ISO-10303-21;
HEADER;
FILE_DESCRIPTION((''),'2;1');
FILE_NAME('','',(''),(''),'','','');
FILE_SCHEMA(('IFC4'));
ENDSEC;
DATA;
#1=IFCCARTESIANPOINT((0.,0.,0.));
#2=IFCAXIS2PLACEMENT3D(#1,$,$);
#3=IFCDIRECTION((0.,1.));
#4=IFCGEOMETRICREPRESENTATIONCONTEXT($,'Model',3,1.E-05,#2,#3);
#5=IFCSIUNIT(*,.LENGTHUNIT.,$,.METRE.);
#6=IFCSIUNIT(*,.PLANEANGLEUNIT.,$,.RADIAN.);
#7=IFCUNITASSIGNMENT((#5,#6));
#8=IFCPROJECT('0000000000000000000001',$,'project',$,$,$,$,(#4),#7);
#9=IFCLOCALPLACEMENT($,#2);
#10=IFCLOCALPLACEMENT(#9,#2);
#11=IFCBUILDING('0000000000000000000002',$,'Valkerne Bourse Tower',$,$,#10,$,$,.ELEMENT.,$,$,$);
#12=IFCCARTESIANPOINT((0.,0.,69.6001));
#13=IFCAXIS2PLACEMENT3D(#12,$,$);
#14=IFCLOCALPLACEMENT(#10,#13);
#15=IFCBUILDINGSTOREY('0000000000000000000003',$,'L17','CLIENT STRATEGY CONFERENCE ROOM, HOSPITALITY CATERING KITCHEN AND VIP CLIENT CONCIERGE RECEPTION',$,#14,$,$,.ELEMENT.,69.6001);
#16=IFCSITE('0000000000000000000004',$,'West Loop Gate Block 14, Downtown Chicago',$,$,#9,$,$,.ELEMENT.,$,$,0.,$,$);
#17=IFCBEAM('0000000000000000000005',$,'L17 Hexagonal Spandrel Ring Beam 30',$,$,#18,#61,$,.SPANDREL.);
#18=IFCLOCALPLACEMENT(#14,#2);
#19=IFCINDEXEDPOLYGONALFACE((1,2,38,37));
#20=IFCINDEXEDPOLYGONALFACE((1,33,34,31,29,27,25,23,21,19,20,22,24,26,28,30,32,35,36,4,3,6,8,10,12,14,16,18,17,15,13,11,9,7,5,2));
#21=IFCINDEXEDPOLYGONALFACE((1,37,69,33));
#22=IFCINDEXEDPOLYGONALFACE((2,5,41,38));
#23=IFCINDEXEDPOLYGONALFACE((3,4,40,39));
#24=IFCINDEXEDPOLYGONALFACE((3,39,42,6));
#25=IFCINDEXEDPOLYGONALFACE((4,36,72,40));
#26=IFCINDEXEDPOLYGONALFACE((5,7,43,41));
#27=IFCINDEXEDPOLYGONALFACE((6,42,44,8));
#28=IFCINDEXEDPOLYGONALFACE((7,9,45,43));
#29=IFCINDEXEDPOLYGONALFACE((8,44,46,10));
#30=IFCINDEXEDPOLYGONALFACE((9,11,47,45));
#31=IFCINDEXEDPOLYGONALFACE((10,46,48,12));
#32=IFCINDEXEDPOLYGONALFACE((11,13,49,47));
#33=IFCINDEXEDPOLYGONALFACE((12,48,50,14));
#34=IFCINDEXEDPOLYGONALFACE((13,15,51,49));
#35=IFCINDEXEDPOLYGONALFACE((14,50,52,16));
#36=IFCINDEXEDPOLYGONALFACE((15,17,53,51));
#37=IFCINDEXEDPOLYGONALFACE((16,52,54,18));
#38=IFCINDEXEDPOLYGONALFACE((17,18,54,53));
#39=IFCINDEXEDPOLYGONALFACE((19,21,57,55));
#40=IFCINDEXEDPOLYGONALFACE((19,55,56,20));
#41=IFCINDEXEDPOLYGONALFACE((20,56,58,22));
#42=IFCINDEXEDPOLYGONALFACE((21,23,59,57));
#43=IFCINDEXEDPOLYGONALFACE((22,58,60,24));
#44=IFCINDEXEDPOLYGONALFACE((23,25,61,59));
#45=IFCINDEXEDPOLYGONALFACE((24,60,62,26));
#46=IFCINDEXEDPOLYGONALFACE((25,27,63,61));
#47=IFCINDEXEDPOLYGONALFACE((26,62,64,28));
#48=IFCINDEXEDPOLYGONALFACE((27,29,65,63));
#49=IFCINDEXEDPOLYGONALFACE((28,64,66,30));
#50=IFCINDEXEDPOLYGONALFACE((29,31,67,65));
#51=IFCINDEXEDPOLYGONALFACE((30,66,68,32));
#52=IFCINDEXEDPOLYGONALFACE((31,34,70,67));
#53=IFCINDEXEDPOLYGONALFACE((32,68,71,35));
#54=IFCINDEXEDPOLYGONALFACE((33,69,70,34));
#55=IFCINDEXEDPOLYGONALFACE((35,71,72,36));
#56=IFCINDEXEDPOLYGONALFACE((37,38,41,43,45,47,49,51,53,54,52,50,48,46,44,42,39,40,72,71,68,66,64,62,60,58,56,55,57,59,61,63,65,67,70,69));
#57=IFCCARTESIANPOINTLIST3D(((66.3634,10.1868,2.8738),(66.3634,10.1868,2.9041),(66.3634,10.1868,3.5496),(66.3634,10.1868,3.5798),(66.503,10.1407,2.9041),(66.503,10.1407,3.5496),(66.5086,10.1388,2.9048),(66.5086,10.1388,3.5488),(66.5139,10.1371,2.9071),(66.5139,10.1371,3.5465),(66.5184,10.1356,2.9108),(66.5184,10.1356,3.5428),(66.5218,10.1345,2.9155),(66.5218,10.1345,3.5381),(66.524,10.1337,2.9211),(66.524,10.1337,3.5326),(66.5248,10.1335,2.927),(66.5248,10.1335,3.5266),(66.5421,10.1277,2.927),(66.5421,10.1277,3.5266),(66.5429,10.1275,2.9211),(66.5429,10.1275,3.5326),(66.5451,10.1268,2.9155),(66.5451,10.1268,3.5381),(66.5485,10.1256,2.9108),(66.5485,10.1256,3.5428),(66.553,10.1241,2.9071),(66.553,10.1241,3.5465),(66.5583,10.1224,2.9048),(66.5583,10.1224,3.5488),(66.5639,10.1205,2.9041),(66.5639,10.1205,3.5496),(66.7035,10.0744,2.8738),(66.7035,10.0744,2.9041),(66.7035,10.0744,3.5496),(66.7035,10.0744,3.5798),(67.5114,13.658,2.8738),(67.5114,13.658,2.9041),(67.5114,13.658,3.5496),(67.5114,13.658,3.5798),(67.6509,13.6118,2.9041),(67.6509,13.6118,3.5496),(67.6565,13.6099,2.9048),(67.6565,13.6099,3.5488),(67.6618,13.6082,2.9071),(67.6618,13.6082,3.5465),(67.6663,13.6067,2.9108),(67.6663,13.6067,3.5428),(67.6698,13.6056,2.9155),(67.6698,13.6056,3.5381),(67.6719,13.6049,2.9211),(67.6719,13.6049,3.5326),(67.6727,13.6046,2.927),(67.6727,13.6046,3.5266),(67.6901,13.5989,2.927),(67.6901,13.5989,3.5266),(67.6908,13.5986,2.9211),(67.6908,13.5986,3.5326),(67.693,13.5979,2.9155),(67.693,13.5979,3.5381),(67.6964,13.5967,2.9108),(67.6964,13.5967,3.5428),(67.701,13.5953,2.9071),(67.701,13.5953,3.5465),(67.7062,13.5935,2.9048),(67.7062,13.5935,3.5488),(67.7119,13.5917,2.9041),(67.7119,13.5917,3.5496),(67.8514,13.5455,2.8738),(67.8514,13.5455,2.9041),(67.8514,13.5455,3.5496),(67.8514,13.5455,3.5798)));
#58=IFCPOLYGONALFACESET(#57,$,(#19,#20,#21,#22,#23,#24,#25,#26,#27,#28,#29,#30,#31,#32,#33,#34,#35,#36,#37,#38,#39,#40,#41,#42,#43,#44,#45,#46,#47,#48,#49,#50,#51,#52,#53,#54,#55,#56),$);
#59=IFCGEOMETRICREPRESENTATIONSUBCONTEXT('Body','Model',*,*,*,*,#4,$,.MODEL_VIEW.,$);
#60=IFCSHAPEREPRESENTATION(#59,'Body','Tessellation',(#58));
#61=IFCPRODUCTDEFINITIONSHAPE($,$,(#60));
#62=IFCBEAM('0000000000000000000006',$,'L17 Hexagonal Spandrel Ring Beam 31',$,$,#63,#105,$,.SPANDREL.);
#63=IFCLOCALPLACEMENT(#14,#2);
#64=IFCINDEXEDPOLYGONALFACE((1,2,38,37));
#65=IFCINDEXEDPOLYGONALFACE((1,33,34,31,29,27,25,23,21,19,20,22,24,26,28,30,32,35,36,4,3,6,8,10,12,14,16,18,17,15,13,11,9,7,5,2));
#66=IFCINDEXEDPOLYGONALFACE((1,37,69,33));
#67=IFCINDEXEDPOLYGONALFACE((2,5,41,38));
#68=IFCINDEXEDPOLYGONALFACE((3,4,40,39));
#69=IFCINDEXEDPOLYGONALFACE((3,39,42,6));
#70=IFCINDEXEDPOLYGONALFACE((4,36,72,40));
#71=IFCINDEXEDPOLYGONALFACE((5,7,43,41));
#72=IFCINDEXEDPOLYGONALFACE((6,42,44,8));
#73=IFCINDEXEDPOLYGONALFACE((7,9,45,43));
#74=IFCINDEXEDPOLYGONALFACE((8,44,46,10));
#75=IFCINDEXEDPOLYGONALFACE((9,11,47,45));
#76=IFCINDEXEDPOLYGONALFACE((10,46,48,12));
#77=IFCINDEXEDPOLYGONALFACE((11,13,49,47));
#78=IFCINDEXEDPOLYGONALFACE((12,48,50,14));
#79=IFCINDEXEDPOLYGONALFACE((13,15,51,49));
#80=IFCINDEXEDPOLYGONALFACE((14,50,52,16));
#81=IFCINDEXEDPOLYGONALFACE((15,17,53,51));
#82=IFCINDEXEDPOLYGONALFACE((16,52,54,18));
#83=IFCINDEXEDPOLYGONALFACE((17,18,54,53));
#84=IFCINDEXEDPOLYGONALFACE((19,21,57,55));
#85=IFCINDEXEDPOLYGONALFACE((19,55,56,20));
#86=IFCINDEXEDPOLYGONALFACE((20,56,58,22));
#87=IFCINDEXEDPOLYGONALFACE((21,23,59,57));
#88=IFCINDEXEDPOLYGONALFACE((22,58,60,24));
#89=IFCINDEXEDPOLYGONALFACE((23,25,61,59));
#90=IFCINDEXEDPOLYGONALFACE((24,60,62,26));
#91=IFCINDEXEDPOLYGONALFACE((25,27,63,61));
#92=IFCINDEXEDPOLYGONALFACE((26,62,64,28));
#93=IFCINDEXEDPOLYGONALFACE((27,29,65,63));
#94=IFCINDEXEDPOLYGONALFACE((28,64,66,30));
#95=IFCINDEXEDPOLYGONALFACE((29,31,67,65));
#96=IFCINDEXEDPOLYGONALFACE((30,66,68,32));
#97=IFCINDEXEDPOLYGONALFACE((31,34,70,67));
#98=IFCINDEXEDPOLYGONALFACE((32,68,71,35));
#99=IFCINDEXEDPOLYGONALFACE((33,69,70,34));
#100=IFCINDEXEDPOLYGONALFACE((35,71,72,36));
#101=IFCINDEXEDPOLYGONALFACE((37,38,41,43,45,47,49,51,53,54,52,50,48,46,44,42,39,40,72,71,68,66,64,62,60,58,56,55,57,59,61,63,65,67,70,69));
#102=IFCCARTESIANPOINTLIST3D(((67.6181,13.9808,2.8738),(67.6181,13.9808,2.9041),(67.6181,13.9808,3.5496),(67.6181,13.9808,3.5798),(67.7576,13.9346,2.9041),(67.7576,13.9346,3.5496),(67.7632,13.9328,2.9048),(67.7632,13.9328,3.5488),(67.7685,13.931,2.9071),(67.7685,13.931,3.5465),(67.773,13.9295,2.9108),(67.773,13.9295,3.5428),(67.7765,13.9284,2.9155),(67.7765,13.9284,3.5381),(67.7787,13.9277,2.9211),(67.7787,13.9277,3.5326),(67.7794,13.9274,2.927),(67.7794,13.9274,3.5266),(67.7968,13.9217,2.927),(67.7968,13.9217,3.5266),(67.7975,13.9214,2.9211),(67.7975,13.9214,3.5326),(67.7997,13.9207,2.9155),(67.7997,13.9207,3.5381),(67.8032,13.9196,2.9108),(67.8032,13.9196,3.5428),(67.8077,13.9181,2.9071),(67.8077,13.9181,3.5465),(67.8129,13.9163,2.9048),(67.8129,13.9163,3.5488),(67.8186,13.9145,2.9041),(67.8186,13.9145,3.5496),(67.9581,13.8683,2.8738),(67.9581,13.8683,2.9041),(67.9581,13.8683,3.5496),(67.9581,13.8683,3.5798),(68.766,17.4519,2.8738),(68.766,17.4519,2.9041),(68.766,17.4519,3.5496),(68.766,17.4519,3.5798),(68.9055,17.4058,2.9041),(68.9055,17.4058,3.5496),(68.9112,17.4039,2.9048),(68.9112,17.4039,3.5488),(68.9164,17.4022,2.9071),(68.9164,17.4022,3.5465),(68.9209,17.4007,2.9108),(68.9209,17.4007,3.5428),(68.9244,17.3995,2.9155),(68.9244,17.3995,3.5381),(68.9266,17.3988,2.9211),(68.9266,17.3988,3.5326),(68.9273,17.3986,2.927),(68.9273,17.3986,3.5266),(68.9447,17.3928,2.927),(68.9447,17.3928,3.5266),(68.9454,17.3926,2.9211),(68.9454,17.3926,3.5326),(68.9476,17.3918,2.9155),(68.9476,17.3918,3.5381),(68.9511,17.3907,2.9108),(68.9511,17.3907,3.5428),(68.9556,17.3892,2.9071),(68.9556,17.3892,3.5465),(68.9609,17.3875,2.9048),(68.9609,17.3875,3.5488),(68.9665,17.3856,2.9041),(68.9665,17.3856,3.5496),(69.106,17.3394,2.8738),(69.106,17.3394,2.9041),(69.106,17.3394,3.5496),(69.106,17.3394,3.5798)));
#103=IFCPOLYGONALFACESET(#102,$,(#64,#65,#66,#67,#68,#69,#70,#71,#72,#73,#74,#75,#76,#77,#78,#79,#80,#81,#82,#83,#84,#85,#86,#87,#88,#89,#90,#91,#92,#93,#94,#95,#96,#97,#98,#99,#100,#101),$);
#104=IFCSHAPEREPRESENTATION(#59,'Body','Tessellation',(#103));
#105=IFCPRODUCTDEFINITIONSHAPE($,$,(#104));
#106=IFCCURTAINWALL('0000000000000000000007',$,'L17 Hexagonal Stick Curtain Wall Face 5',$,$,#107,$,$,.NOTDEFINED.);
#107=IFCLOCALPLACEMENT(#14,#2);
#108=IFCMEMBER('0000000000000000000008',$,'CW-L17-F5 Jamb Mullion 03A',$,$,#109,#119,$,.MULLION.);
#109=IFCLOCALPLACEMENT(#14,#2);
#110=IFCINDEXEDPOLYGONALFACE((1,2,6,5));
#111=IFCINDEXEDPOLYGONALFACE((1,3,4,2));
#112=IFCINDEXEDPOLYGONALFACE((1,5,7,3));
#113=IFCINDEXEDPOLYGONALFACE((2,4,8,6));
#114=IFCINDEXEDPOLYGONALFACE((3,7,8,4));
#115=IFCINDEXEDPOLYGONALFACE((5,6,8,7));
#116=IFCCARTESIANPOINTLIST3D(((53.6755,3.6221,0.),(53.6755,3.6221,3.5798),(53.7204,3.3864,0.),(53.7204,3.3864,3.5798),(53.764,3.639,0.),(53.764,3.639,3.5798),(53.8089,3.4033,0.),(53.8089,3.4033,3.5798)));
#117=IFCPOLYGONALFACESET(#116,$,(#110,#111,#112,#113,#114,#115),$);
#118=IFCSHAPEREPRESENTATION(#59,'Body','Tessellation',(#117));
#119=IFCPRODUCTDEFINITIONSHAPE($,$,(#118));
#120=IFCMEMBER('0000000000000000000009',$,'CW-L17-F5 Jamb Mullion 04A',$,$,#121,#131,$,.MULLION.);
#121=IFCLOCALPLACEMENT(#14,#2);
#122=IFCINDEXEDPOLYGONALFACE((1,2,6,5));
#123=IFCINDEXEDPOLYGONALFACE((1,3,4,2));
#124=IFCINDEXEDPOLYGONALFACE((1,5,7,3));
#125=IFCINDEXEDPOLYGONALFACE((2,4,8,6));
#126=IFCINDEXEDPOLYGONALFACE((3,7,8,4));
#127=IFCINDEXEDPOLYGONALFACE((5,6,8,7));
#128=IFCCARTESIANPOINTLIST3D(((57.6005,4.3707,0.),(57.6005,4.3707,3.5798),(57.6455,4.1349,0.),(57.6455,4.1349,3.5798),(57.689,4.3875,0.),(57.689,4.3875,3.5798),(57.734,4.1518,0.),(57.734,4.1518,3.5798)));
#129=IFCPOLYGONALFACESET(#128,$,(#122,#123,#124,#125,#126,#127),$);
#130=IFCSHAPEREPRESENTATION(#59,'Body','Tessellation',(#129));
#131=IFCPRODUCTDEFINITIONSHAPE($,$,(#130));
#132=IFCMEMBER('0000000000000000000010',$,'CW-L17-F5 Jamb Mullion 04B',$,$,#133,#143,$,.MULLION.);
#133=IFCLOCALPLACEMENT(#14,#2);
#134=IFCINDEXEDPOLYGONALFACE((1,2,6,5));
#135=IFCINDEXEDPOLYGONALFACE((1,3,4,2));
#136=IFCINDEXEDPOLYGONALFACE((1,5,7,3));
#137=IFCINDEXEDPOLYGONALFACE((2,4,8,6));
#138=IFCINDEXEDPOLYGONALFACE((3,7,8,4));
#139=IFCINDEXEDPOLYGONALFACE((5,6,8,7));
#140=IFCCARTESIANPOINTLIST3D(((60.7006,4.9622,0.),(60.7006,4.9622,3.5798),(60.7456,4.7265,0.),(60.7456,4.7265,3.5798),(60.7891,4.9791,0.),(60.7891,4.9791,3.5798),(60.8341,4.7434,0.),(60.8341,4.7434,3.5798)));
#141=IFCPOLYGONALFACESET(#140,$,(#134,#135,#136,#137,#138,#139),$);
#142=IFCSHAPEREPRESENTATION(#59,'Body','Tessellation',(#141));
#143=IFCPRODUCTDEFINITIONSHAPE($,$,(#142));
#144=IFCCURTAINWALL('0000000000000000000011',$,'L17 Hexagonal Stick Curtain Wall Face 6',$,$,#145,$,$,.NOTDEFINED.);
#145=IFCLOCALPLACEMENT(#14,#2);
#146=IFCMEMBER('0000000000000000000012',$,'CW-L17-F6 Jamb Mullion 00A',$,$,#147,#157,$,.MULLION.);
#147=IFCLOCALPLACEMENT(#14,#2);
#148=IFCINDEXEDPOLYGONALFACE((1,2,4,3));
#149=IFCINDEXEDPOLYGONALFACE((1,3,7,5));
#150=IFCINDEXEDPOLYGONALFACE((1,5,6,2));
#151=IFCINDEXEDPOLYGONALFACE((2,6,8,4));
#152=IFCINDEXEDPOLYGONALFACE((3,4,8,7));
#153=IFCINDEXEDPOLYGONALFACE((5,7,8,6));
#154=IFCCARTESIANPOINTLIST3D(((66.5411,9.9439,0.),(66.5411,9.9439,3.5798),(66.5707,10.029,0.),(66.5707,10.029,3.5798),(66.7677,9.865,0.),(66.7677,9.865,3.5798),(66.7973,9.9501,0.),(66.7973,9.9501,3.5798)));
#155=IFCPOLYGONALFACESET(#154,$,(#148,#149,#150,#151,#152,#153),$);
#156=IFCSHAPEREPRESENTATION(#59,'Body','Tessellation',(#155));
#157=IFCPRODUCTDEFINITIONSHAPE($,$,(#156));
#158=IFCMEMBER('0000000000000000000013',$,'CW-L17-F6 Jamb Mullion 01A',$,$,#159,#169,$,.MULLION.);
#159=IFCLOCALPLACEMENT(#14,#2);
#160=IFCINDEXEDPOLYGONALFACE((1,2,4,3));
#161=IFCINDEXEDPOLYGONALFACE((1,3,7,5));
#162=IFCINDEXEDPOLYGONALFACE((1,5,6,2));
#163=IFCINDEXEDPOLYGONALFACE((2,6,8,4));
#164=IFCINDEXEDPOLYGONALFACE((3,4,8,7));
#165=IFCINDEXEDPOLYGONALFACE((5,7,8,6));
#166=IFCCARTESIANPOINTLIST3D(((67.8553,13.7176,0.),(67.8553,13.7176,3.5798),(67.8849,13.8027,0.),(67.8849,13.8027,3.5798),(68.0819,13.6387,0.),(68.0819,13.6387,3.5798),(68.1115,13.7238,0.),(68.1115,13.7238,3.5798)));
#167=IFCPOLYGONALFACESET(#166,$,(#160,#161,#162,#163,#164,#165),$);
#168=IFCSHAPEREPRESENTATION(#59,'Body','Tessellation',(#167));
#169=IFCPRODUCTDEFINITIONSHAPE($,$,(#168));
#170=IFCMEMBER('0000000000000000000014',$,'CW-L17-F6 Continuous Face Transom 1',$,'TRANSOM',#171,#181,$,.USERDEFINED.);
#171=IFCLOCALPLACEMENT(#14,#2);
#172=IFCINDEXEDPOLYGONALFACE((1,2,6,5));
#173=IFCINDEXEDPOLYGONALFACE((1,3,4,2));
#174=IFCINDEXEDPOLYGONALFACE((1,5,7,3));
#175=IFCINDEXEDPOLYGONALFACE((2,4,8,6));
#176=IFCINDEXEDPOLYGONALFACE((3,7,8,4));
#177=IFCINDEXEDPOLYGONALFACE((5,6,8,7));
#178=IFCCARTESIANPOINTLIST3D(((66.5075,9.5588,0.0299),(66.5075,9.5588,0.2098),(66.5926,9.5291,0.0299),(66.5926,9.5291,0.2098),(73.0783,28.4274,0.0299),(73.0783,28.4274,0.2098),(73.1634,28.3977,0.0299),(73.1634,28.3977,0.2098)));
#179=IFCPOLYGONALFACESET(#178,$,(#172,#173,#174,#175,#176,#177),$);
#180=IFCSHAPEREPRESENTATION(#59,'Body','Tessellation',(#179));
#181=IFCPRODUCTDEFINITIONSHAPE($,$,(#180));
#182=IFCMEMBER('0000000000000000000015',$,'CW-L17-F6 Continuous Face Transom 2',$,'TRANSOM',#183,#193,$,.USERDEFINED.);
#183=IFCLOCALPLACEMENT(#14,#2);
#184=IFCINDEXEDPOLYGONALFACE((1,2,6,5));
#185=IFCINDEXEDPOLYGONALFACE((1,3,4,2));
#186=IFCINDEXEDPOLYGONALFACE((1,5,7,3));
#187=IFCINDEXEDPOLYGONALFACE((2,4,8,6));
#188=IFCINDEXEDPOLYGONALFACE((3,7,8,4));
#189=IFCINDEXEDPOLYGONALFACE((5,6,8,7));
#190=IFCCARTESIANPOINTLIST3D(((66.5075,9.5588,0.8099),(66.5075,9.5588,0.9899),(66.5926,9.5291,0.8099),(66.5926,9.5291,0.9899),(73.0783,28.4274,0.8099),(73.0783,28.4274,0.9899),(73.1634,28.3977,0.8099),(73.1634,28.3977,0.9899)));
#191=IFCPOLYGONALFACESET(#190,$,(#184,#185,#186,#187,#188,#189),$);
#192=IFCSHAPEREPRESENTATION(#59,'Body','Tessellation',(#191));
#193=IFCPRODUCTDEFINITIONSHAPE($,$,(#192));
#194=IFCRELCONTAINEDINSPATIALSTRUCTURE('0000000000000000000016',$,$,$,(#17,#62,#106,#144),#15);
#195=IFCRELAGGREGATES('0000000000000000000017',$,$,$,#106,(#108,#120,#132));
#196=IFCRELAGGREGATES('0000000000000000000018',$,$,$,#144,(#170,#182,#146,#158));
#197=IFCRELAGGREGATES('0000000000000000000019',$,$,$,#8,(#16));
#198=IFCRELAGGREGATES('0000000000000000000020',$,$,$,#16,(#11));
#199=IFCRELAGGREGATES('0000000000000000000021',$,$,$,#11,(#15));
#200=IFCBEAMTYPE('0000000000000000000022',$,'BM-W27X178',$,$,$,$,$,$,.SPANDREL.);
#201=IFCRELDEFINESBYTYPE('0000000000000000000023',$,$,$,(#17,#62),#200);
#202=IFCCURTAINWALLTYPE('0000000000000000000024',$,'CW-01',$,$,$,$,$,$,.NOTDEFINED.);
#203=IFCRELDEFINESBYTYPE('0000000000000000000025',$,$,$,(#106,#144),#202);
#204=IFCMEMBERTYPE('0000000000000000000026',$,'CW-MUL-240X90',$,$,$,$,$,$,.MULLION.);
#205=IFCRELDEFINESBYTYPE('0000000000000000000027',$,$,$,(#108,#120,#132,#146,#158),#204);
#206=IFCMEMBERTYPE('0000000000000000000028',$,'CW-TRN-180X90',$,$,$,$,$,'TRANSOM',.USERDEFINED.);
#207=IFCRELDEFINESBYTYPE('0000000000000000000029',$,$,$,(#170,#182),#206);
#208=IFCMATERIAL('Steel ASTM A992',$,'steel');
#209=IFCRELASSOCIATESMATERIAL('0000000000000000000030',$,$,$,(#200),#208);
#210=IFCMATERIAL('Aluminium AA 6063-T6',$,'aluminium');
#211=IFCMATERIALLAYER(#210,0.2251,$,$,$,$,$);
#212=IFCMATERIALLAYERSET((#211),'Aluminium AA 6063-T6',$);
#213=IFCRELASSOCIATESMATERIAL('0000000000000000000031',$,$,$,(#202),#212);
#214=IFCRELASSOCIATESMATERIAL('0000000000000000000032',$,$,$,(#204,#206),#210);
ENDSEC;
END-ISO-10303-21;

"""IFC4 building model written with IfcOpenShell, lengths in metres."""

from ifc_helpers import new_model, si_unit, direction, frame, origin, origin_2d, place, context, subcontext, project, spatial, rectangle, i_section, extrude, material, layer, layer_set, material_profile, profile_set, type_object, element, aggregate, save


model = new_model("IFC4")

# Units and contexts
model_context = context("Model", 3, precision=1e-05, world=origin(), true_north=direction((0.0, 1.0)))
body_context = subcontext(model_context, "Body", "Model", "MODEL_VIEW")
ifc_project = project(units=[si_unit("LENGTHUNIT", "METRE"), si_unit("PLANEANGLEUNIT", "RADIAN")], contexts=[model_context])

# Site, building, storey
site_placement = place(None, origin())
site = spatial("IfcSite", under=ifc_project, at=site_placement, Name="West Loop Gate Block 14, Downtown Chicago", CompositionType="ELEMENT", RefElevation=0.0)
building_placement = place(site_placement, origin())
building = spatial("IfcBuilding", under=site, at=building_placement, Name="Valkerne Bourse Tower", CompositionType="ELEMENT")
storey_placement = place(building_placement, frame((0.0, 0.0, 69.6001)))
storey = spatial("IfcBuildingStorey", under=building, at=storey_placement, Name="L17", Description="CLIENT STRATEGY CONFERENCE ROOM, HOSPITALITY CATERING KITCHEN AND VIP CLIENT CONCIERGE RECEPTION", CompositionType="ELEMENT", Elevation=69.6001)

# Beams
ifc_material_1 = material(Name="Steel ASTM A992", Category="steel")
ifc_material_profile_1 = material_profile(ifc_material_1, i_section(OverallWidth=0.3582, OverallDepth=0.7061, WebThickness=0.0183, FlangeThickness=0.0303, FilletRadius=0.0229, at=origin_2d()), Name="W27X178")
ifc_profile_set_1 = profile_set([ifc_material_profile_1], Name="Steel ASTM A992")
beam_type = type_object("IfcBeamType", Name="BM-W27X178", PredefinedType="SPANDREL", material=ifc_profile_set_1)
for number, where, z_axis, x_axis, name in (
    (1, (66.5334, 10.1306, 3.2268), (0.313983, 0.949429, 0.0), (-0.949429, 0.313983, 0.0), "L17 Hexagonal Spandrel Ring Beam 30"),
    (2, (67.7881, 13.9246, 3.2268), (0.313983, 0.949429, 0.0), (-0.949429, 0.313983, 0.0), "L17 Hexagonal Spandrel Ring Beam 31"),
):
    element("IfcBeam", number, at=place(storey_placement, frame(where, z_axis=z_axis, x_axis=x_axis)), inside=storey, type_object=beam_type, Name=name, PredefinedType="SPANDREL", context=body_context, shape_type="SweptSolid", body=[
        extrude(i_section(OverallWidth=0.3582, OverallDepth=0.7061, WebThickness=0.0183, FlangeThickness=0.0303, FilletRadius=0.0229, at=origin_2d()), origin(), (0.0, 0.0, 1.0), 3.656),
    ])

# Curtain walls, members
ifc_material_2 = material(Name="Aluminium AA 6063-T6", Category="aluminium")
ifc_layer_1 = layer(ifc_material_2, 0.2251)
ifc_layer_set_1 = layer_set([ifc_layer_1], Name="Aluminium AA 6063-T6")
curtain_wall_type = type_object("IfcCurtainWallType", Name="CW-01", PredefinedType="NOTDEFINED", material=ifc_layer_set_1)
curtain_wall_1_placement = place(storey_placement, origin())
curtain_wall_1 = element("IfcCurtainWall", 3, at=curtain_wall_1_placement, inside=storey, type_object=curtain_wall_type, Name="L17 Hexagonal Stick Curtain Wall Face 5", PredefinedType="NOTDEFINED")
ifc_material_profile_2 = material_profile(ifc_material_2, rectangle(XDim=0.0901, YDim=0.24, at=origin_2d()), Name="CWM-90X240")
ifc_profile_set_2 = profile_set([ifc_material_profile_2], Name="Aluminium AA 6063-T6")
member_type_1 = type_object("IfcMemberType", Name="CW-MUL-240X90", PredefinedType="MULLION", material=ifc_profile_set_2)
member_1_placement = place(storey_placement, frame((53.7422, 3.5127, 0.0), z_axis=(0.0, 0.0, 1.0), x_axis=(0.982291, 0.187364, 0.0)))
member_1 = element("IfcMember", 4, at=member_1_placement, type_object=member_type_1, Name="CW-L17-F5 Jamb Mullion 03A", PredefinedType="MULLION", context=body_context, shape_type="SweptSolid", body=[
    extrude(rectangle(XDim=0.0901, YDim=0.24, at=origin_2d()), origin(), (0.0, 0.0, 1.0), 3.5798),
])
member_2_placement = place(storey_placement, frame((57.6672, 4.2612, 0.0), z_axis=(0.0, 0.0, 1.0), x_axis=(0.982286, 0.187388, 0.0)))
member_2 = element("IfcMember", 5, at=member_2_placement, type_object=member_type_1, Name="CW-L17-F5 Jamb Mullion 04A", PredefinedType="MULLION", context=body_context, shape_type="SweptSolid", body=[
    extrude(rectangle(XDim=0.0901, YDim=0.24, at=origin_2d()), origin(), (0.0, 0.0, 1.0), 3.5798),
])
member_3_placement = place(storey_placement, frame((60.7673, 4.8528, 0.0), z_axis=(0.0, 0.0, 1.0), x_axis=(0.982286, 0.187388, 0.0)))
member_3 = element("IfcMember", 6, at=member_3_placement, type_object=member_type_1, Name="CW-L17-F5 Jamb Mullion 04B", PredefinedType="MULLION", context=body_context, shape_type="SweptSolid", body=[
    extrude(rectangle(XDim=0.0901, YDim=0.24, at=origin_2d()), origin(), (0.0, 0.0, 1.0), 3.5798),
])
curtain_wall_2_placement = place(storey_placement, origin())
curtain_wall_2 = element("IfcCurtainWall", 7, at=curtain_wall_2_placement, inside=storey, type_object=curtain_wall_type, Name="L17 Hexagonal Stick Curtain Wall Face 6", PredefinedType="NOTDEFINED")
member_4_placement = place(storey_placement, frame((66.6692, 9.947, 0.0), z_axis=(0.0, 0.0, 1.0), x_axis=(0.328857, 0.94438, 0.0)))
member_4 = element("IfcMember", 8, at=member_4_placement, type_object=member_type_1, Name="CW-L17-F6 Jamb Mullion 00A", PredefinedType="MULLION", context=body_context, shape_type="SweptSolid", body=[
    extrude(rectangle(XDim=0.0901, YDim=0.24, at=origin_2d()), origin(), (0.0, 0.0, 1.0), 3.5798),
])
member_5_placement = place(storey_placement, frame((67.9834, 13.7207, 0.0), z_axis=(0.0, 0.0, 1.0), x_axis=(0.32888, 0.944372, 0.0)))
member_5 = element("IfcMember", 9, at=member_5_placement, type_object=member_type_1, Name="CW-L17-F6 Jamb Mullion 01A", PredefinedType="MULLION", context=body_context, shape_type="SweptSolid", body=[
    extrude(rectangle(XDim=0.0901, YDim=0.24, at=origin_2d()), origin(), (0.0, 0.0, 1.0), 3.5798),
])
ifc_material_profile_3 = material_profile(ifc_material_2, rectangle(XDim=0.0901, YDim=0.1799, at=origin_2d()), Name="CWT-90X180")
ifc_profile_set_3 = profile_set([ifc_material_profile_3], Name="Aluminium AA 6063-T6")
member_type_2 = type_object("IfcMemberType", Name="CW-TRN-180X90", ElementType="TRANSOM", PredefinedType="USERDEFINED", material=ifc_profile_set_3)
member_6_placement = place(storey_placement, frame((66.55, 9.5439, 0.1199), z_axis=(0.328868, 0.944376, 0.0), x_axis=(-0.944376, 0.328868, 0.0)))
member_6 = element("IfcMember", 10, at=member_6_placement, type_object=member_type_2, Name="CW-L17-F6 Continuous Face Transom 1", ObjectType="TRANSOM", PredefinedType="USERDEFINED", context=body_context, shape_type="SweptSolid", body=[
    extrude(rectangle(XDim=0.0901, YDim=0.1799, at=origin_2d()), origin(), (0.0, 0.0, 1.0), 19.98),
])
member_7_placement = place(storey_placement, frame((66.55, 9.5439, 0.8999), z_axis=(0.328868, 0.944376, 0.0), x_axis=(-0.944376, 0.328868, 0.0)))
member_7 = element("IfcMember", 11, at=member_7_placement, type_object=member_type_2, Name="CW-L17-F6 Continuous Face Transom 2", ObjectType="TRANSOM", PredefinedType="USERDEFINED", context=body_context, shape_type="SweptSolid", body=[
    extrude(rectangle(XDim=0.0901, YDim=0.1799, at=origin_2d()), origin(), (0.0, 0.0, 1.0), 19.98),
])

aggregate(curtain_wall_1, [member_1, member_2, member_3])
aggregate(curtain_wall_2, [member_6, member_7, member_4, member_5])

save(model, "model.ifc")
